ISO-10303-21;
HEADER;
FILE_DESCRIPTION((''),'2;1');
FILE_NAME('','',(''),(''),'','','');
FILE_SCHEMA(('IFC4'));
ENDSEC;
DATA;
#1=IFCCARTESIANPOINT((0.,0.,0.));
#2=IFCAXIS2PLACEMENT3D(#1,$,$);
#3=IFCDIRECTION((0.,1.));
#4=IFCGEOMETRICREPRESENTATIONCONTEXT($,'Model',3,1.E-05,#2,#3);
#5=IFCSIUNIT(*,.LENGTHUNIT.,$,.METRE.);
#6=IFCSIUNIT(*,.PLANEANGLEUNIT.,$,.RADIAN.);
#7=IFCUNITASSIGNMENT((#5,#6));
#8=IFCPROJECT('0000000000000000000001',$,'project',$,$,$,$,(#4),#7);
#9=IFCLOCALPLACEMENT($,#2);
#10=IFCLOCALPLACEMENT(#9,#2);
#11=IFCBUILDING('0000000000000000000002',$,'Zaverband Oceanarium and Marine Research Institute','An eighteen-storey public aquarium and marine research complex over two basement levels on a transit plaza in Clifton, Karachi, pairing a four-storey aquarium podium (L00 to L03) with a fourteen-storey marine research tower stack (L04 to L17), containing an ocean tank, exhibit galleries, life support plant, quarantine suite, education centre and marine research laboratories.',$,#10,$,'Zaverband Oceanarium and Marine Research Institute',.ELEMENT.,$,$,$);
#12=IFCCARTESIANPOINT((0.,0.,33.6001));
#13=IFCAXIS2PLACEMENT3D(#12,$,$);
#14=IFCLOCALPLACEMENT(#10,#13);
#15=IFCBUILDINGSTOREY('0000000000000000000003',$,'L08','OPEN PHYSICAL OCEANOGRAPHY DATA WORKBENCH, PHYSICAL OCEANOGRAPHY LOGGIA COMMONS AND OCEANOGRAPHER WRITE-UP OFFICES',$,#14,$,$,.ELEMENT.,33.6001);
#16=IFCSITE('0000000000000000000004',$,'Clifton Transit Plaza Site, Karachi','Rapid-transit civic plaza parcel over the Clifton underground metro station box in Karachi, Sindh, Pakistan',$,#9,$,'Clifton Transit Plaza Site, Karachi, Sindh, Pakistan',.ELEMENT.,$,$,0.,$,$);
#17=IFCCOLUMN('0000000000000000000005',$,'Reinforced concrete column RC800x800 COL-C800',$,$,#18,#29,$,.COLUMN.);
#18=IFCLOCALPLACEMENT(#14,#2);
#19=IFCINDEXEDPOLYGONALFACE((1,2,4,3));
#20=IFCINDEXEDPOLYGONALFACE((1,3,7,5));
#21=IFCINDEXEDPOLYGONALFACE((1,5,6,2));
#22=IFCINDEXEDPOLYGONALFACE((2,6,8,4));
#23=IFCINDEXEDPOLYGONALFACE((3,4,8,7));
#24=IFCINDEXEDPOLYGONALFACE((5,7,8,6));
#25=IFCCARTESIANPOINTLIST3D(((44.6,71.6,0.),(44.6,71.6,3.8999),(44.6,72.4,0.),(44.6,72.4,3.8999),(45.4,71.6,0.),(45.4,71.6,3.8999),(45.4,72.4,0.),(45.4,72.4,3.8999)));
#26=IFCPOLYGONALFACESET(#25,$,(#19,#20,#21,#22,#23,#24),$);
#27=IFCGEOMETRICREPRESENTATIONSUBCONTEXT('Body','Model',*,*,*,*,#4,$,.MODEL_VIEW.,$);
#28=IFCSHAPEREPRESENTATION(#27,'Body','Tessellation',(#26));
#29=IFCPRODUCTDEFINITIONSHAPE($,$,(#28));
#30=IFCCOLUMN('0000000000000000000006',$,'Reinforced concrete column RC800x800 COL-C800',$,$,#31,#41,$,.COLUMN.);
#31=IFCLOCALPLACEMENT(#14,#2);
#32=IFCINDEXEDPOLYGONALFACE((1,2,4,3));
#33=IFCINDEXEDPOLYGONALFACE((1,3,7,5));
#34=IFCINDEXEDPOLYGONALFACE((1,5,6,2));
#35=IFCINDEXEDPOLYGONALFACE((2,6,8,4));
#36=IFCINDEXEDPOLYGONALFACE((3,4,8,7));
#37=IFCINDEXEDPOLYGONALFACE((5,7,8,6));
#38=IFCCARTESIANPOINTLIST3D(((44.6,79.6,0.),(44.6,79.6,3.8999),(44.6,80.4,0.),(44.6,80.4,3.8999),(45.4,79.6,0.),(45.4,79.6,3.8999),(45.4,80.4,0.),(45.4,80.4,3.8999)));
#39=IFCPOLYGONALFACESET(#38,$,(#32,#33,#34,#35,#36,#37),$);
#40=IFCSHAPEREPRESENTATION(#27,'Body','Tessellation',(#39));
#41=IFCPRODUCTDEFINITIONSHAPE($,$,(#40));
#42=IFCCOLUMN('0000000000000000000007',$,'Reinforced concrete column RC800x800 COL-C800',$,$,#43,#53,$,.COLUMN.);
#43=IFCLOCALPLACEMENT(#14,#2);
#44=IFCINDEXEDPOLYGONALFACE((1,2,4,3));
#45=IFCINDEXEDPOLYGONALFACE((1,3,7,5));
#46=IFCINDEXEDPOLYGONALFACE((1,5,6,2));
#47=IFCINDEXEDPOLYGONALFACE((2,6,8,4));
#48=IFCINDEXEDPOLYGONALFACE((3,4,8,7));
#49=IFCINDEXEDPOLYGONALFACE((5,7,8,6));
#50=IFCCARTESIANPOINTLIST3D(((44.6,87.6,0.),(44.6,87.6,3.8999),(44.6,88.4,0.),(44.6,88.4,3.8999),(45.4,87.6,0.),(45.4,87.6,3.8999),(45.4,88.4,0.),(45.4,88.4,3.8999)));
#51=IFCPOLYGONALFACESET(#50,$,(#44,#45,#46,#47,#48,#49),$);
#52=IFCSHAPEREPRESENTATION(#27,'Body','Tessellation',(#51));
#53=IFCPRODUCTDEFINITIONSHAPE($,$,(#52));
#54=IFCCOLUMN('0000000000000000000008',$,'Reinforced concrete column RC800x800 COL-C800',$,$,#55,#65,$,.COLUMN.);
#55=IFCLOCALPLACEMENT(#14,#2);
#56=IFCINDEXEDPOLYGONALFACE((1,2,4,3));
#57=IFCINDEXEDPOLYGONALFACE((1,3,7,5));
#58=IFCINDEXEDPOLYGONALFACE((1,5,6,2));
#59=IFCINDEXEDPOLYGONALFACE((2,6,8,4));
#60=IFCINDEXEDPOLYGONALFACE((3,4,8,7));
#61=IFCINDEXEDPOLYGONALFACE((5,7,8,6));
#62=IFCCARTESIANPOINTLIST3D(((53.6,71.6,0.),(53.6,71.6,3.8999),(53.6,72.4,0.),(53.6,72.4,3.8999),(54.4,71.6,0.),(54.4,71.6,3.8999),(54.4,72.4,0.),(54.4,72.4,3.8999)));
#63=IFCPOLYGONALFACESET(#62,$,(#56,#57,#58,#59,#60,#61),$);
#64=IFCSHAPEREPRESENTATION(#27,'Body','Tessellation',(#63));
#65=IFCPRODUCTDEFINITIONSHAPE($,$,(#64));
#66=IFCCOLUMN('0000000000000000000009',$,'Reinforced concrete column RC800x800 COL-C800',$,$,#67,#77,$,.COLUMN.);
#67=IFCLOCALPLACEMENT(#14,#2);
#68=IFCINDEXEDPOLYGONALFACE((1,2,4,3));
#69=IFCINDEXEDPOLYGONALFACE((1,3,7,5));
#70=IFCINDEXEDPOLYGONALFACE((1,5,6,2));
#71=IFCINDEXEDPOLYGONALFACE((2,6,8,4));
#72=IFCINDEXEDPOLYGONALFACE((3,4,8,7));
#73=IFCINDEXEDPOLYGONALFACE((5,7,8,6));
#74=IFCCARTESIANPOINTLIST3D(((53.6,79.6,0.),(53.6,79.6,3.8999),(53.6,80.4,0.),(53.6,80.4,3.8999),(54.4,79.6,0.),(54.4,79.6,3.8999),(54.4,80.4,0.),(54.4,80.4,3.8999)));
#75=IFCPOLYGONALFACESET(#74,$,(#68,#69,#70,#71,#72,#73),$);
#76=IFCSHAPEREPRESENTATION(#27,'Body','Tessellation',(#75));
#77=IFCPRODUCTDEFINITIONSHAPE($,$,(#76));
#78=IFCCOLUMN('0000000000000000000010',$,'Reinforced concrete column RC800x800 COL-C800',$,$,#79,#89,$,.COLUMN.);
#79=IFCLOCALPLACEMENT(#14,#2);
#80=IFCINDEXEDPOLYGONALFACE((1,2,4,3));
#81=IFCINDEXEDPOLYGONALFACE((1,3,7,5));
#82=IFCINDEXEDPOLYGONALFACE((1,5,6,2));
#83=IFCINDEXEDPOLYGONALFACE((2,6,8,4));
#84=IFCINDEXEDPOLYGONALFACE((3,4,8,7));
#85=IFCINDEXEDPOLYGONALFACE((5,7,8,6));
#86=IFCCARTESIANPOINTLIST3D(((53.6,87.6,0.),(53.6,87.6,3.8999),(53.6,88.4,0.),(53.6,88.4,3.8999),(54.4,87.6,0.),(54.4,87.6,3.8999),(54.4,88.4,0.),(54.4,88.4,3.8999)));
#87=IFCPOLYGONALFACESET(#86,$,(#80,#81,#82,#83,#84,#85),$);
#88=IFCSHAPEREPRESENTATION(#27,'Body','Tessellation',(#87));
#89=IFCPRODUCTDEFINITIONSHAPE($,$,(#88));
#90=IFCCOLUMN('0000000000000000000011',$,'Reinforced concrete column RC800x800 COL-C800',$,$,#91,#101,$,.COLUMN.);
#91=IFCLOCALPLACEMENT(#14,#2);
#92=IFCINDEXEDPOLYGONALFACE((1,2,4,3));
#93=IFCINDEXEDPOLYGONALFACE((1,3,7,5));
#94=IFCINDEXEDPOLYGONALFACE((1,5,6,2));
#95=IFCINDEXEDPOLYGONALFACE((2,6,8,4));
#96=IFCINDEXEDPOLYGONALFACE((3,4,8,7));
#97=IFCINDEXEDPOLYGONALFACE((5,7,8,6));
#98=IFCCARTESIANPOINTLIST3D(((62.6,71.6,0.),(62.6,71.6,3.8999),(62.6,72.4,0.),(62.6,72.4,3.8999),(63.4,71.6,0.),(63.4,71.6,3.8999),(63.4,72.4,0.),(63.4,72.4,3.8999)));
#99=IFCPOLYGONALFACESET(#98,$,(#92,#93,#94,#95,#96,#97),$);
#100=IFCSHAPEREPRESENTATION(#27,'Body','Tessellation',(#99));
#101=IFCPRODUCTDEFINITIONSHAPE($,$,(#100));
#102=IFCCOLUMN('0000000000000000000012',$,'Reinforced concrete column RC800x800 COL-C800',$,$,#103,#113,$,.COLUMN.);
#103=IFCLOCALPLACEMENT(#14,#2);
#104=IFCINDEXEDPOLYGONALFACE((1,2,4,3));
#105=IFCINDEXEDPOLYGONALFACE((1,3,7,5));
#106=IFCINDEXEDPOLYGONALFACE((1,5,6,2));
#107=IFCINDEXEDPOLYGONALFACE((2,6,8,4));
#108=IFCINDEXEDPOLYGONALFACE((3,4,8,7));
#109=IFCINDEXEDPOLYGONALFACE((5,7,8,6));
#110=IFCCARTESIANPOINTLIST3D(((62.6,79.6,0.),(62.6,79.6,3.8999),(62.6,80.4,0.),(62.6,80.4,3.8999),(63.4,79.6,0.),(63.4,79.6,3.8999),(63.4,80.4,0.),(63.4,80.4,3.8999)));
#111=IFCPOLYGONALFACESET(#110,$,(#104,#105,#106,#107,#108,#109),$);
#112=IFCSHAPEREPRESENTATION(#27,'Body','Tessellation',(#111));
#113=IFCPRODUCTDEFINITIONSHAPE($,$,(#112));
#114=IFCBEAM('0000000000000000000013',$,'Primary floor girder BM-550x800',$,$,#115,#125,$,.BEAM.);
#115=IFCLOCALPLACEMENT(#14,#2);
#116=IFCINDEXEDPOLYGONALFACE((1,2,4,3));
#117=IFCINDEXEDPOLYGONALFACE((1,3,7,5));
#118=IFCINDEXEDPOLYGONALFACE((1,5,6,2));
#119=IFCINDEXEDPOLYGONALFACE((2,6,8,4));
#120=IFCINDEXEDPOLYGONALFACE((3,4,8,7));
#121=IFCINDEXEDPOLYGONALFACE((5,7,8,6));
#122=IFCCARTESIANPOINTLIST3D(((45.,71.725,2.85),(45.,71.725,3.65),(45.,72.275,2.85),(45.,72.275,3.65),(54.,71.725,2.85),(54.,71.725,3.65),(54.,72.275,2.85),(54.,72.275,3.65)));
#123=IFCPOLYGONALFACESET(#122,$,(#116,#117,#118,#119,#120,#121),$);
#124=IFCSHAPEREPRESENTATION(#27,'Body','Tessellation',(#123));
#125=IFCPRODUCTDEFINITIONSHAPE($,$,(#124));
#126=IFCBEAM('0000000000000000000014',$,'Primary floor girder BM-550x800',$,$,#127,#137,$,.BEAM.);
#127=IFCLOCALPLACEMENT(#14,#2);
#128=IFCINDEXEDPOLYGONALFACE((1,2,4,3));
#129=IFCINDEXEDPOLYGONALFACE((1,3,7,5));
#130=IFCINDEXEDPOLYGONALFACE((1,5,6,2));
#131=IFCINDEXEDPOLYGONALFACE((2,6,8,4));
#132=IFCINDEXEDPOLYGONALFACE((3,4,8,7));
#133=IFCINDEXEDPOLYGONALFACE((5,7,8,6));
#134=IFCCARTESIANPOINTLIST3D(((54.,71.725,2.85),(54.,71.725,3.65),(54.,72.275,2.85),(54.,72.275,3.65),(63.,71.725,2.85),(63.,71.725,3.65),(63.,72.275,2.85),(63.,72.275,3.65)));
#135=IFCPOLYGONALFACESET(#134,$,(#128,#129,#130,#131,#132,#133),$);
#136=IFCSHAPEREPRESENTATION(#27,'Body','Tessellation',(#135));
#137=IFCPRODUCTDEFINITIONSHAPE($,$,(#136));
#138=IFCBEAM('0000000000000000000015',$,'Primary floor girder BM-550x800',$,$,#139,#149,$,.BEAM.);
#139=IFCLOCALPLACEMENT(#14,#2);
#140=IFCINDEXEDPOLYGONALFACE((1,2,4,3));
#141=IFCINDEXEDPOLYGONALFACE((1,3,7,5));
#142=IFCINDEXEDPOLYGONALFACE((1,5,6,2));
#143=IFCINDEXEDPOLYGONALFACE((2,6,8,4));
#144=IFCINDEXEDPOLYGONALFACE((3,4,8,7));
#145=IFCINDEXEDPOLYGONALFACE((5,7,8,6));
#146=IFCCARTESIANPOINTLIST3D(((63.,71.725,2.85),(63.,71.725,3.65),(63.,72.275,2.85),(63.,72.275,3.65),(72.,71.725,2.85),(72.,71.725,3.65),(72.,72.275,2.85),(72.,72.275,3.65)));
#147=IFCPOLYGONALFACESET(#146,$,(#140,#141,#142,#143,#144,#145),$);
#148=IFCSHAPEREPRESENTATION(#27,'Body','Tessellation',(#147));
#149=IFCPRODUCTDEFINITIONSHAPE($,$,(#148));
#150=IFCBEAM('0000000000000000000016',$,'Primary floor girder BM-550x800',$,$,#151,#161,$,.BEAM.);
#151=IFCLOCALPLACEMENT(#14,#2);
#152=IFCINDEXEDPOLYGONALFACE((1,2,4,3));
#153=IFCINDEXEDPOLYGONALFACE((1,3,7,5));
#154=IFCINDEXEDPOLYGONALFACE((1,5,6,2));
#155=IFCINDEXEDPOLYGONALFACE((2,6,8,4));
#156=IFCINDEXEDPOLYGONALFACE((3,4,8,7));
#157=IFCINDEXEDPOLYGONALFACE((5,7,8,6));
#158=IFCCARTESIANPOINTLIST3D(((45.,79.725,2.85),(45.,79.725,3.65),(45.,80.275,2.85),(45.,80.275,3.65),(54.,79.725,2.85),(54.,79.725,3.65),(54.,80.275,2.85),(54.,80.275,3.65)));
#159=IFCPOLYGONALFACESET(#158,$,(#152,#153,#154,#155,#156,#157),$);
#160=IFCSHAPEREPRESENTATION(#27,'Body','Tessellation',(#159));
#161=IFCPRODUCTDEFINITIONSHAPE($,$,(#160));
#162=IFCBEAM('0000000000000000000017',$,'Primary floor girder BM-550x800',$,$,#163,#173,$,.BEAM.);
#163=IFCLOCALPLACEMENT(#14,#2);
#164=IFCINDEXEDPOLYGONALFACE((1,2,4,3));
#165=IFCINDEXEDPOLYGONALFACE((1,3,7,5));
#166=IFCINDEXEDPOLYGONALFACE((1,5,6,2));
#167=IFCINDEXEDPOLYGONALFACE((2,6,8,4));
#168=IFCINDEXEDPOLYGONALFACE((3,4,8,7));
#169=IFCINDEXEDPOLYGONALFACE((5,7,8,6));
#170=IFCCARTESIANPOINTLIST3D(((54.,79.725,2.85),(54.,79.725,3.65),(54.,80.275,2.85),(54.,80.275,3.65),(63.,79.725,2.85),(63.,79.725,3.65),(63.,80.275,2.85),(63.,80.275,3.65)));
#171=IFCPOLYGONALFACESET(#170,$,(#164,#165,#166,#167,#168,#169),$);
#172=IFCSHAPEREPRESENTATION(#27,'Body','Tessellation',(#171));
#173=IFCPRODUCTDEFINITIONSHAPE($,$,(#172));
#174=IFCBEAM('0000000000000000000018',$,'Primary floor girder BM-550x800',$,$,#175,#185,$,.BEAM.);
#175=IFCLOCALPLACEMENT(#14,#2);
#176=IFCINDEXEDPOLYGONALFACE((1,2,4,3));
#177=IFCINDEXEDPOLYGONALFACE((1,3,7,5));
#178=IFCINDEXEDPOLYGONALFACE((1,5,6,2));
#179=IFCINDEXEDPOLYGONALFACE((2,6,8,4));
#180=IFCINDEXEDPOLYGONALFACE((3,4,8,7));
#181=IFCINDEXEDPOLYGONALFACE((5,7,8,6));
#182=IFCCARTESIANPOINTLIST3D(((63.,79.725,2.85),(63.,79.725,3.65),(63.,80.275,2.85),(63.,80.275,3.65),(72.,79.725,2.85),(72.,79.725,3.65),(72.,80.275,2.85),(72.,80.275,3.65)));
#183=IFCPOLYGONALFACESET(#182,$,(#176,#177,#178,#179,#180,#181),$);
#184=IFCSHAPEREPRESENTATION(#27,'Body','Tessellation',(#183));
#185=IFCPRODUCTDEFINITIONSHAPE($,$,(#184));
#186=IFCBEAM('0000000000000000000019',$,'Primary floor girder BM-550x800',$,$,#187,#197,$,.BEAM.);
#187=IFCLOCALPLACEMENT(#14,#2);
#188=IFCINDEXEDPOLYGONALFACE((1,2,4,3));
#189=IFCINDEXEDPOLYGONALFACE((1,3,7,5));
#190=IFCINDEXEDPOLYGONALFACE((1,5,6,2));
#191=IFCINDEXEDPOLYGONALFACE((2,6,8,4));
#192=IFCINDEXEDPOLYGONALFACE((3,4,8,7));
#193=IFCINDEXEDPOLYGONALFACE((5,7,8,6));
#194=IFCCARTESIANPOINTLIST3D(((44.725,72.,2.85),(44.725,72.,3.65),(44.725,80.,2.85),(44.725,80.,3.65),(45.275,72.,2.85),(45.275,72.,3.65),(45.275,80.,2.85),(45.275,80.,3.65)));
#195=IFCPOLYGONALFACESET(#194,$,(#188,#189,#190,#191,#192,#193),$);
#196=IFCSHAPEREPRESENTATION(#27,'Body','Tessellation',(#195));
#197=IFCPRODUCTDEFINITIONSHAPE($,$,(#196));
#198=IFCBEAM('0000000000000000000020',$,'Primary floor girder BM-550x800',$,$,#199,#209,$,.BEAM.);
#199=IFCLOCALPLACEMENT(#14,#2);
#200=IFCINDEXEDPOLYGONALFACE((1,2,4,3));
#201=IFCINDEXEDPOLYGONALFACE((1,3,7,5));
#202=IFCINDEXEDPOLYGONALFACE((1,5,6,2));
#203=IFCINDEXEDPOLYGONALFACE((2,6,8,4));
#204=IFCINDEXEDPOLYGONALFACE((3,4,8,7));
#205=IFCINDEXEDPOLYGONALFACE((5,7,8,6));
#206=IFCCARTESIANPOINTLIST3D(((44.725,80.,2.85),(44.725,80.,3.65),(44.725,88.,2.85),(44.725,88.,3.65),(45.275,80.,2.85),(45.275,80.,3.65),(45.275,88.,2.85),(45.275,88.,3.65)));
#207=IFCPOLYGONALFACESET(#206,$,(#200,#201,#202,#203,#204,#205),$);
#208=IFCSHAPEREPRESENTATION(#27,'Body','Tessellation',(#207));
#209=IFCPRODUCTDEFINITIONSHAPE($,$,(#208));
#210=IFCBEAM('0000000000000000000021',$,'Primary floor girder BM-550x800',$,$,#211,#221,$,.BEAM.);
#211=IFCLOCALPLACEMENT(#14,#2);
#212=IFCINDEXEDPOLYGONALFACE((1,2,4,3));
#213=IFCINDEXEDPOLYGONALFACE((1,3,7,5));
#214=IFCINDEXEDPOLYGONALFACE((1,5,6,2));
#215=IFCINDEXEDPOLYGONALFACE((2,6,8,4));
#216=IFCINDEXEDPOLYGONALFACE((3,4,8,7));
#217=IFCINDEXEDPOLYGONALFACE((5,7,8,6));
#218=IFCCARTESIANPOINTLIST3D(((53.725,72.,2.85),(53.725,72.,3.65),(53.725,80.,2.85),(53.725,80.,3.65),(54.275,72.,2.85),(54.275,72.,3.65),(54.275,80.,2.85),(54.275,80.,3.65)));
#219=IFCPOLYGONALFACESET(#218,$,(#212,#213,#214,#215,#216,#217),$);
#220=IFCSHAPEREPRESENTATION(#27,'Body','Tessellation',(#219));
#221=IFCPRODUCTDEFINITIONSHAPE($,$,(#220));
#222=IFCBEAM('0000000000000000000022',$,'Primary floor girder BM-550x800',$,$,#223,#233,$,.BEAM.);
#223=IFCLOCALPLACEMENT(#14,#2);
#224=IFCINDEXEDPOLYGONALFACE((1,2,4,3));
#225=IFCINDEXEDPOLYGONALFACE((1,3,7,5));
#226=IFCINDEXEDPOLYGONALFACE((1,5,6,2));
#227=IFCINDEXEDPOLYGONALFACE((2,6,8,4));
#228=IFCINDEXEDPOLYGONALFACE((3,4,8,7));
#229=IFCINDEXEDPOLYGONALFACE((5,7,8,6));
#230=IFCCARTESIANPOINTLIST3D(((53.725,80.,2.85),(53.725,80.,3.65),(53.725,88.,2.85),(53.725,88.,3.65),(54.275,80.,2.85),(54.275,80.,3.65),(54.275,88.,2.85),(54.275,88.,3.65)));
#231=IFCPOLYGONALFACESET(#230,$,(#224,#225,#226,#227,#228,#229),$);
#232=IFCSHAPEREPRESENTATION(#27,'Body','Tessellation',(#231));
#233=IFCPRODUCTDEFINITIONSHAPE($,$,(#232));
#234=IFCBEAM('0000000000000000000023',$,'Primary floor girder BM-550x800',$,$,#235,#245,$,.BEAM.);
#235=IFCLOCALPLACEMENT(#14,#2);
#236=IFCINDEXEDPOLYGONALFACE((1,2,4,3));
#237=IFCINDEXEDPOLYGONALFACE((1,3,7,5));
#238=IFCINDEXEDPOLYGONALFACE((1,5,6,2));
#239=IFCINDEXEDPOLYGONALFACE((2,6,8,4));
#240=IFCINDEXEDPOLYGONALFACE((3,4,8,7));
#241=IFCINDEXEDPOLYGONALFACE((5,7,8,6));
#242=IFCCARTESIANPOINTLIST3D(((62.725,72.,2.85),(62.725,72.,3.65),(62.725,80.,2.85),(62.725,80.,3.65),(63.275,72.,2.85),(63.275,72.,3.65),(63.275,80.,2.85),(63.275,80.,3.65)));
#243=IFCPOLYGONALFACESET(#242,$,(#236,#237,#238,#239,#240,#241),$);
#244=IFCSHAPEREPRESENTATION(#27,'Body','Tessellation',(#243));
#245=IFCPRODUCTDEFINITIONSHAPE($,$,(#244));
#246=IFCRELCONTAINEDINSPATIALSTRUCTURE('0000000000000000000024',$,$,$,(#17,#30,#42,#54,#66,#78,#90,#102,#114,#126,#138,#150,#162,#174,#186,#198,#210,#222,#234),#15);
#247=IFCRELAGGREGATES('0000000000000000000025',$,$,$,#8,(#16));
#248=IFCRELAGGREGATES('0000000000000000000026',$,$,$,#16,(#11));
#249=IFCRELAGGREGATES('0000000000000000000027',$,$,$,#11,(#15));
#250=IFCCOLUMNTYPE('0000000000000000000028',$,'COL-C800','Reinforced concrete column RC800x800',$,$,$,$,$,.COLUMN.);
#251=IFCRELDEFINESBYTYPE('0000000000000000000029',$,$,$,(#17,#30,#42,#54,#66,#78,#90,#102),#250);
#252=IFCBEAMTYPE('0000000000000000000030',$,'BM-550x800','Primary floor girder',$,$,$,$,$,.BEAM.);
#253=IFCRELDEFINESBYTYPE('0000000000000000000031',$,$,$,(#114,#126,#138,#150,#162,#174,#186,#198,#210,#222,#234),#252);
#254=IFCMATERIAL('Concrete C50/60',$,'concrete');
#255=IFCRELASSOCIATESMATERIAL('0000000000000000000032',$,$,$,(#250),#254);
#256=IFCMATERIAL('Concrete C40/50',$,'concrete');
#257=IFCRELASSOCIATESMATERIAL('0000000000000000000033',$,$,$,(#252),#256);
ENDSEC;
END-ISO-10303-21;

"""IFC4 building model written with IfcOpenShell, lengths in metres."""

from ifc_helpers import new_model, si_unit, direction, frame, origin, origin_2d, place, context, subcontext, project, spatial, rectangle, extrude, material, material_profile, profile_set, type_object, element, save


model = new_model("IFC4")

# Units and contexts
model_context = context("Model", 3, precision=1e-05, world=origin(), true_north=direction((0.0, 1.0)))
body_context = subcontext(model_context, "Body", "Model", "MODEL_VIEW")
ifc_project = project(units=[si_unit("LENGTHUNIT", "METRE"), si_unit("PLANEANGLEUNIT", "RADIAN")], contexts=[model_context])

# Site, building, storey
site_placement = place(None, origin())
site = spatial("IfcSite", under=ifc_project, at=site_placement, Name="Clifton Transit Plaza Site, Karachi", Description="Rapid-transit civic plaza parcel over the Clifton underground metro station box in Karachi, Sindh, Pakistan", LongName="Clifton Transit Plaza Site, Karachi, Sindh, Pakistan", CompositionType="ELEMENT", RefElevation=0.0)
building_placement = place(site_placement, origin())
building = spatial("IfcBuilding", under=site, at=building_placement, Name="Zaverband Oceanarium and Marine Research Institute", Description="An eighteen-storey public aquarium and marine research complex over two basement levels on a transit plaza in Clifton, Karachi, pairing a four-storey aquarium podium (L00 to L03) with a fourteen-storey marine research tower stack (L04 to L17), containing an ocean tank, exhibit galleries, life support plant, quarantine suite, education centre and marine research laboratories.", LongName="Zaverband Oceanarium and Marine Research Institute", CompositionType="ELEMENT")
storey_placement = place(building_placement, frame((0.0, 0.0, 33.6001)))
storey = spatial("IfcBuildingStorey", under=building, at=storey_placement, Name="L08", Description="OPEN PHYSICAL OCEANOGRAPHY DATA WORKBENCH, PHYSICAL OCEANOGRAPHY LOGGIA COMMONS AND OCEANOGRAPHER WRITE-UP OFFICES", CompositionType="ELEMENT", Elevation=33.6001)

# Columns
ifc_material_1 = material(Name="Concrete C50/60", Category="concrete")
ifc_material_profile_1 = material_profile(ifc_material_1, rectangle(XDim=0.8, YDim=0.8, at=origin_2d()), Name="RC800x800")
ifc_profile_set_1 = profile_set([ifc_material_profile_1], Name="Concrete C50/60")
column_type = type_object("IfcColumnType", Name="COL-C800", Description="Reinforced concrete column RC800x800", PredefinedType="COLUMN", material=ifc_profile_set_1)
for number, where, z_axis, x_axis, name in (
    (1, (45.0, 72.0, 0.0), (0.0, 0.0, 1.0), (1.0, 0.0, 0.0), "Reinforced concrete column RC800x800 COL-C800"),
    (2, (45.0, 80.0, 0.0), (0.0, 0.0, 1.0), (1.0, 0.0, 0.0), "Reinforced concrete column RC800x800 COL-C800"),
    (3, (45.0, 88.0, 0.0), (0.0, 0.0, 1.0), (1.0, 0.0, 0.0), "Reinforced concrete column RC800x800 COL-C800"),
    (4, (54.0, 72.0, 0.0), (0.0, 0.0, 1.0), (1.0, 0.0, 0.0), "Reinforced concrete column RC800x800 COL-C800"),
    (5, (54.0, 80.0, 0.0), (0.0, 0.0, 1.0), (1.0, 0.0, 0.0), "Reinforced concrete column RC800x800 COL-C800"),
    (6, (54.0, 88.0, 0.0), (0.0, 0.0, 1.0), (1.0, 0.0, 0.0), "Reinforced concrete column RC800x800 COL-C800"),
    (7, (63.0, 72.0, 0.0), (0.0, 0.0, 1.0), (1.0, 0.0, 0.0), "Reinforced concrete column RC800x800 COL-C800"),
    (8, (63.0, 80.0, 0.0), (0.0, 0.0, 1.0), (1.0, 0.0, 0.0), "Reinforced concrete column RC800x800 COL-C800"),
):
    element("IfcColumn", number, at=place(storey_placement, frame(where, z_axis=z_axis, x_axis=x_axis)), inside=storey, type_object=column_type, Name=name, PredefinedType="COLUMN", context=body_context, shape_type="SweptSolid", body=[
        extrude(rectangle(XDim=0.8, YDim=0.8, at=origin_2d()), origin(), (0.0, 0.0, 1.0), 3.8999),
    ])

# Beams
ifc_material_2 = material(Name="Concrete C40/50", Category="concrete")
ifc_material_profile_2 = material_profile(ifc_material_2, rectangle(XDim=0.55, YDim=0.8, at=origin_2d()), Name="RC550x800")
ifc_profile_set_2 = profile_set([ifc_material_profile_2], Name="Concrete C40/50")
beam_type_1 = type_object("IfcBeamType", Name="BM-550x800", Description="Primary floor girder", PredefinedType="BEAM", material=ifc_profile_set_2)
for number, where, z_axis, x_axis, name in (
    (9, (45.0, 72.0, 3.25), (1.0, 0.0, 0.0), (0.0, 1.0, 0.0), "Primary floor girder BM-550x800"),
    (10, (54.0, 72.0, 3.25), (1.0, 0.0, 0.0), (0.0, 1.0, 0.0), "Primary floor girder BM-550x800"),
    (11, (63.0, 72.0, 3.25), (1.0, 0.0, 0.0), (0.0, 1.0, 0.0), "Primary floor girder BM-550x800"),
    (12, (45.0, 80.0, 3.25), (1.0, 0.0, 0.0), (0.0, 1.0, 0.0), "Primary floor girder BM-550x800"),
    (13, (54.0, 80.0, 3.25), (1.0, 0.0, 0.0), (0.0, 1.0, 0.0), "Primary floor girder BM-550x800"),
    (14, (63.0, 80.0, 3.25), (1.0, 0.0, 0.0), (0.0, 1.0, 0.0), "Primary floor girder BM-550x800"),
):
    element("IfcBeam", number, at=place(storey_placement, frame(where, z_axis=z_axis, x_axis=x_axis)), inside=storey, type_object=beam_type_1, Name=name, PredefinedType="BEAM", context=body_context, shape_type="SweptSolid", body=[
        extrude(rectangle(XDim=0.55, YDim=0.8, at=origin_2d()), origin(), (0.0, 0.0, 1.0), 9.0),
    ])
for number, where, z_axis, x_axis, name in (
    (15, (45.0, 72.0, 3.25), (0.0, 1.0, 0.0), (-1.0, 0.0, 0.0), "Primary floor girder BM-550x800"),
    (16, (45.0, 80.0, 3.25), (0.0, 1.0, 0.0), (-1.0, 0.0, 0.0), "Primary floor girder BM-550x800"),
    (17, (54.0, 72.0, 3.25), (0.0, 1.0, 0.0), (-1.0, 0.0, 0.0), "Primary floor girder BM-550x800"),
    (18, (54.0, 80.0, 3.25), (0.0, 1.0, 0.0), (-1.0, 0.0, 0.0), "Primary floor girder BM-550x800"),
    (19, (63.0, 72.0, 3.25), (0.0, 1.0, 0.0), (-1.0, 0.0, 0.0), "Primary floor girder BM-550x800"),
):
    element("IfcBeam", number, at=place(storey_placement, frame(where, z_axis=z_axis, x_axis=x_axis)), inside=storey, type_object=beam_type_1, Name=name, PredefinedType="BEAM", context=body_context, shape_type="SweptSolid", body=[
        extrude(rectangle(XDim=0.55, YDim=0.8, at=origin_2d()), origin(), (0.0, 0.0, 1.0), 8.0),
    ])

save(model, "model.ifc")
